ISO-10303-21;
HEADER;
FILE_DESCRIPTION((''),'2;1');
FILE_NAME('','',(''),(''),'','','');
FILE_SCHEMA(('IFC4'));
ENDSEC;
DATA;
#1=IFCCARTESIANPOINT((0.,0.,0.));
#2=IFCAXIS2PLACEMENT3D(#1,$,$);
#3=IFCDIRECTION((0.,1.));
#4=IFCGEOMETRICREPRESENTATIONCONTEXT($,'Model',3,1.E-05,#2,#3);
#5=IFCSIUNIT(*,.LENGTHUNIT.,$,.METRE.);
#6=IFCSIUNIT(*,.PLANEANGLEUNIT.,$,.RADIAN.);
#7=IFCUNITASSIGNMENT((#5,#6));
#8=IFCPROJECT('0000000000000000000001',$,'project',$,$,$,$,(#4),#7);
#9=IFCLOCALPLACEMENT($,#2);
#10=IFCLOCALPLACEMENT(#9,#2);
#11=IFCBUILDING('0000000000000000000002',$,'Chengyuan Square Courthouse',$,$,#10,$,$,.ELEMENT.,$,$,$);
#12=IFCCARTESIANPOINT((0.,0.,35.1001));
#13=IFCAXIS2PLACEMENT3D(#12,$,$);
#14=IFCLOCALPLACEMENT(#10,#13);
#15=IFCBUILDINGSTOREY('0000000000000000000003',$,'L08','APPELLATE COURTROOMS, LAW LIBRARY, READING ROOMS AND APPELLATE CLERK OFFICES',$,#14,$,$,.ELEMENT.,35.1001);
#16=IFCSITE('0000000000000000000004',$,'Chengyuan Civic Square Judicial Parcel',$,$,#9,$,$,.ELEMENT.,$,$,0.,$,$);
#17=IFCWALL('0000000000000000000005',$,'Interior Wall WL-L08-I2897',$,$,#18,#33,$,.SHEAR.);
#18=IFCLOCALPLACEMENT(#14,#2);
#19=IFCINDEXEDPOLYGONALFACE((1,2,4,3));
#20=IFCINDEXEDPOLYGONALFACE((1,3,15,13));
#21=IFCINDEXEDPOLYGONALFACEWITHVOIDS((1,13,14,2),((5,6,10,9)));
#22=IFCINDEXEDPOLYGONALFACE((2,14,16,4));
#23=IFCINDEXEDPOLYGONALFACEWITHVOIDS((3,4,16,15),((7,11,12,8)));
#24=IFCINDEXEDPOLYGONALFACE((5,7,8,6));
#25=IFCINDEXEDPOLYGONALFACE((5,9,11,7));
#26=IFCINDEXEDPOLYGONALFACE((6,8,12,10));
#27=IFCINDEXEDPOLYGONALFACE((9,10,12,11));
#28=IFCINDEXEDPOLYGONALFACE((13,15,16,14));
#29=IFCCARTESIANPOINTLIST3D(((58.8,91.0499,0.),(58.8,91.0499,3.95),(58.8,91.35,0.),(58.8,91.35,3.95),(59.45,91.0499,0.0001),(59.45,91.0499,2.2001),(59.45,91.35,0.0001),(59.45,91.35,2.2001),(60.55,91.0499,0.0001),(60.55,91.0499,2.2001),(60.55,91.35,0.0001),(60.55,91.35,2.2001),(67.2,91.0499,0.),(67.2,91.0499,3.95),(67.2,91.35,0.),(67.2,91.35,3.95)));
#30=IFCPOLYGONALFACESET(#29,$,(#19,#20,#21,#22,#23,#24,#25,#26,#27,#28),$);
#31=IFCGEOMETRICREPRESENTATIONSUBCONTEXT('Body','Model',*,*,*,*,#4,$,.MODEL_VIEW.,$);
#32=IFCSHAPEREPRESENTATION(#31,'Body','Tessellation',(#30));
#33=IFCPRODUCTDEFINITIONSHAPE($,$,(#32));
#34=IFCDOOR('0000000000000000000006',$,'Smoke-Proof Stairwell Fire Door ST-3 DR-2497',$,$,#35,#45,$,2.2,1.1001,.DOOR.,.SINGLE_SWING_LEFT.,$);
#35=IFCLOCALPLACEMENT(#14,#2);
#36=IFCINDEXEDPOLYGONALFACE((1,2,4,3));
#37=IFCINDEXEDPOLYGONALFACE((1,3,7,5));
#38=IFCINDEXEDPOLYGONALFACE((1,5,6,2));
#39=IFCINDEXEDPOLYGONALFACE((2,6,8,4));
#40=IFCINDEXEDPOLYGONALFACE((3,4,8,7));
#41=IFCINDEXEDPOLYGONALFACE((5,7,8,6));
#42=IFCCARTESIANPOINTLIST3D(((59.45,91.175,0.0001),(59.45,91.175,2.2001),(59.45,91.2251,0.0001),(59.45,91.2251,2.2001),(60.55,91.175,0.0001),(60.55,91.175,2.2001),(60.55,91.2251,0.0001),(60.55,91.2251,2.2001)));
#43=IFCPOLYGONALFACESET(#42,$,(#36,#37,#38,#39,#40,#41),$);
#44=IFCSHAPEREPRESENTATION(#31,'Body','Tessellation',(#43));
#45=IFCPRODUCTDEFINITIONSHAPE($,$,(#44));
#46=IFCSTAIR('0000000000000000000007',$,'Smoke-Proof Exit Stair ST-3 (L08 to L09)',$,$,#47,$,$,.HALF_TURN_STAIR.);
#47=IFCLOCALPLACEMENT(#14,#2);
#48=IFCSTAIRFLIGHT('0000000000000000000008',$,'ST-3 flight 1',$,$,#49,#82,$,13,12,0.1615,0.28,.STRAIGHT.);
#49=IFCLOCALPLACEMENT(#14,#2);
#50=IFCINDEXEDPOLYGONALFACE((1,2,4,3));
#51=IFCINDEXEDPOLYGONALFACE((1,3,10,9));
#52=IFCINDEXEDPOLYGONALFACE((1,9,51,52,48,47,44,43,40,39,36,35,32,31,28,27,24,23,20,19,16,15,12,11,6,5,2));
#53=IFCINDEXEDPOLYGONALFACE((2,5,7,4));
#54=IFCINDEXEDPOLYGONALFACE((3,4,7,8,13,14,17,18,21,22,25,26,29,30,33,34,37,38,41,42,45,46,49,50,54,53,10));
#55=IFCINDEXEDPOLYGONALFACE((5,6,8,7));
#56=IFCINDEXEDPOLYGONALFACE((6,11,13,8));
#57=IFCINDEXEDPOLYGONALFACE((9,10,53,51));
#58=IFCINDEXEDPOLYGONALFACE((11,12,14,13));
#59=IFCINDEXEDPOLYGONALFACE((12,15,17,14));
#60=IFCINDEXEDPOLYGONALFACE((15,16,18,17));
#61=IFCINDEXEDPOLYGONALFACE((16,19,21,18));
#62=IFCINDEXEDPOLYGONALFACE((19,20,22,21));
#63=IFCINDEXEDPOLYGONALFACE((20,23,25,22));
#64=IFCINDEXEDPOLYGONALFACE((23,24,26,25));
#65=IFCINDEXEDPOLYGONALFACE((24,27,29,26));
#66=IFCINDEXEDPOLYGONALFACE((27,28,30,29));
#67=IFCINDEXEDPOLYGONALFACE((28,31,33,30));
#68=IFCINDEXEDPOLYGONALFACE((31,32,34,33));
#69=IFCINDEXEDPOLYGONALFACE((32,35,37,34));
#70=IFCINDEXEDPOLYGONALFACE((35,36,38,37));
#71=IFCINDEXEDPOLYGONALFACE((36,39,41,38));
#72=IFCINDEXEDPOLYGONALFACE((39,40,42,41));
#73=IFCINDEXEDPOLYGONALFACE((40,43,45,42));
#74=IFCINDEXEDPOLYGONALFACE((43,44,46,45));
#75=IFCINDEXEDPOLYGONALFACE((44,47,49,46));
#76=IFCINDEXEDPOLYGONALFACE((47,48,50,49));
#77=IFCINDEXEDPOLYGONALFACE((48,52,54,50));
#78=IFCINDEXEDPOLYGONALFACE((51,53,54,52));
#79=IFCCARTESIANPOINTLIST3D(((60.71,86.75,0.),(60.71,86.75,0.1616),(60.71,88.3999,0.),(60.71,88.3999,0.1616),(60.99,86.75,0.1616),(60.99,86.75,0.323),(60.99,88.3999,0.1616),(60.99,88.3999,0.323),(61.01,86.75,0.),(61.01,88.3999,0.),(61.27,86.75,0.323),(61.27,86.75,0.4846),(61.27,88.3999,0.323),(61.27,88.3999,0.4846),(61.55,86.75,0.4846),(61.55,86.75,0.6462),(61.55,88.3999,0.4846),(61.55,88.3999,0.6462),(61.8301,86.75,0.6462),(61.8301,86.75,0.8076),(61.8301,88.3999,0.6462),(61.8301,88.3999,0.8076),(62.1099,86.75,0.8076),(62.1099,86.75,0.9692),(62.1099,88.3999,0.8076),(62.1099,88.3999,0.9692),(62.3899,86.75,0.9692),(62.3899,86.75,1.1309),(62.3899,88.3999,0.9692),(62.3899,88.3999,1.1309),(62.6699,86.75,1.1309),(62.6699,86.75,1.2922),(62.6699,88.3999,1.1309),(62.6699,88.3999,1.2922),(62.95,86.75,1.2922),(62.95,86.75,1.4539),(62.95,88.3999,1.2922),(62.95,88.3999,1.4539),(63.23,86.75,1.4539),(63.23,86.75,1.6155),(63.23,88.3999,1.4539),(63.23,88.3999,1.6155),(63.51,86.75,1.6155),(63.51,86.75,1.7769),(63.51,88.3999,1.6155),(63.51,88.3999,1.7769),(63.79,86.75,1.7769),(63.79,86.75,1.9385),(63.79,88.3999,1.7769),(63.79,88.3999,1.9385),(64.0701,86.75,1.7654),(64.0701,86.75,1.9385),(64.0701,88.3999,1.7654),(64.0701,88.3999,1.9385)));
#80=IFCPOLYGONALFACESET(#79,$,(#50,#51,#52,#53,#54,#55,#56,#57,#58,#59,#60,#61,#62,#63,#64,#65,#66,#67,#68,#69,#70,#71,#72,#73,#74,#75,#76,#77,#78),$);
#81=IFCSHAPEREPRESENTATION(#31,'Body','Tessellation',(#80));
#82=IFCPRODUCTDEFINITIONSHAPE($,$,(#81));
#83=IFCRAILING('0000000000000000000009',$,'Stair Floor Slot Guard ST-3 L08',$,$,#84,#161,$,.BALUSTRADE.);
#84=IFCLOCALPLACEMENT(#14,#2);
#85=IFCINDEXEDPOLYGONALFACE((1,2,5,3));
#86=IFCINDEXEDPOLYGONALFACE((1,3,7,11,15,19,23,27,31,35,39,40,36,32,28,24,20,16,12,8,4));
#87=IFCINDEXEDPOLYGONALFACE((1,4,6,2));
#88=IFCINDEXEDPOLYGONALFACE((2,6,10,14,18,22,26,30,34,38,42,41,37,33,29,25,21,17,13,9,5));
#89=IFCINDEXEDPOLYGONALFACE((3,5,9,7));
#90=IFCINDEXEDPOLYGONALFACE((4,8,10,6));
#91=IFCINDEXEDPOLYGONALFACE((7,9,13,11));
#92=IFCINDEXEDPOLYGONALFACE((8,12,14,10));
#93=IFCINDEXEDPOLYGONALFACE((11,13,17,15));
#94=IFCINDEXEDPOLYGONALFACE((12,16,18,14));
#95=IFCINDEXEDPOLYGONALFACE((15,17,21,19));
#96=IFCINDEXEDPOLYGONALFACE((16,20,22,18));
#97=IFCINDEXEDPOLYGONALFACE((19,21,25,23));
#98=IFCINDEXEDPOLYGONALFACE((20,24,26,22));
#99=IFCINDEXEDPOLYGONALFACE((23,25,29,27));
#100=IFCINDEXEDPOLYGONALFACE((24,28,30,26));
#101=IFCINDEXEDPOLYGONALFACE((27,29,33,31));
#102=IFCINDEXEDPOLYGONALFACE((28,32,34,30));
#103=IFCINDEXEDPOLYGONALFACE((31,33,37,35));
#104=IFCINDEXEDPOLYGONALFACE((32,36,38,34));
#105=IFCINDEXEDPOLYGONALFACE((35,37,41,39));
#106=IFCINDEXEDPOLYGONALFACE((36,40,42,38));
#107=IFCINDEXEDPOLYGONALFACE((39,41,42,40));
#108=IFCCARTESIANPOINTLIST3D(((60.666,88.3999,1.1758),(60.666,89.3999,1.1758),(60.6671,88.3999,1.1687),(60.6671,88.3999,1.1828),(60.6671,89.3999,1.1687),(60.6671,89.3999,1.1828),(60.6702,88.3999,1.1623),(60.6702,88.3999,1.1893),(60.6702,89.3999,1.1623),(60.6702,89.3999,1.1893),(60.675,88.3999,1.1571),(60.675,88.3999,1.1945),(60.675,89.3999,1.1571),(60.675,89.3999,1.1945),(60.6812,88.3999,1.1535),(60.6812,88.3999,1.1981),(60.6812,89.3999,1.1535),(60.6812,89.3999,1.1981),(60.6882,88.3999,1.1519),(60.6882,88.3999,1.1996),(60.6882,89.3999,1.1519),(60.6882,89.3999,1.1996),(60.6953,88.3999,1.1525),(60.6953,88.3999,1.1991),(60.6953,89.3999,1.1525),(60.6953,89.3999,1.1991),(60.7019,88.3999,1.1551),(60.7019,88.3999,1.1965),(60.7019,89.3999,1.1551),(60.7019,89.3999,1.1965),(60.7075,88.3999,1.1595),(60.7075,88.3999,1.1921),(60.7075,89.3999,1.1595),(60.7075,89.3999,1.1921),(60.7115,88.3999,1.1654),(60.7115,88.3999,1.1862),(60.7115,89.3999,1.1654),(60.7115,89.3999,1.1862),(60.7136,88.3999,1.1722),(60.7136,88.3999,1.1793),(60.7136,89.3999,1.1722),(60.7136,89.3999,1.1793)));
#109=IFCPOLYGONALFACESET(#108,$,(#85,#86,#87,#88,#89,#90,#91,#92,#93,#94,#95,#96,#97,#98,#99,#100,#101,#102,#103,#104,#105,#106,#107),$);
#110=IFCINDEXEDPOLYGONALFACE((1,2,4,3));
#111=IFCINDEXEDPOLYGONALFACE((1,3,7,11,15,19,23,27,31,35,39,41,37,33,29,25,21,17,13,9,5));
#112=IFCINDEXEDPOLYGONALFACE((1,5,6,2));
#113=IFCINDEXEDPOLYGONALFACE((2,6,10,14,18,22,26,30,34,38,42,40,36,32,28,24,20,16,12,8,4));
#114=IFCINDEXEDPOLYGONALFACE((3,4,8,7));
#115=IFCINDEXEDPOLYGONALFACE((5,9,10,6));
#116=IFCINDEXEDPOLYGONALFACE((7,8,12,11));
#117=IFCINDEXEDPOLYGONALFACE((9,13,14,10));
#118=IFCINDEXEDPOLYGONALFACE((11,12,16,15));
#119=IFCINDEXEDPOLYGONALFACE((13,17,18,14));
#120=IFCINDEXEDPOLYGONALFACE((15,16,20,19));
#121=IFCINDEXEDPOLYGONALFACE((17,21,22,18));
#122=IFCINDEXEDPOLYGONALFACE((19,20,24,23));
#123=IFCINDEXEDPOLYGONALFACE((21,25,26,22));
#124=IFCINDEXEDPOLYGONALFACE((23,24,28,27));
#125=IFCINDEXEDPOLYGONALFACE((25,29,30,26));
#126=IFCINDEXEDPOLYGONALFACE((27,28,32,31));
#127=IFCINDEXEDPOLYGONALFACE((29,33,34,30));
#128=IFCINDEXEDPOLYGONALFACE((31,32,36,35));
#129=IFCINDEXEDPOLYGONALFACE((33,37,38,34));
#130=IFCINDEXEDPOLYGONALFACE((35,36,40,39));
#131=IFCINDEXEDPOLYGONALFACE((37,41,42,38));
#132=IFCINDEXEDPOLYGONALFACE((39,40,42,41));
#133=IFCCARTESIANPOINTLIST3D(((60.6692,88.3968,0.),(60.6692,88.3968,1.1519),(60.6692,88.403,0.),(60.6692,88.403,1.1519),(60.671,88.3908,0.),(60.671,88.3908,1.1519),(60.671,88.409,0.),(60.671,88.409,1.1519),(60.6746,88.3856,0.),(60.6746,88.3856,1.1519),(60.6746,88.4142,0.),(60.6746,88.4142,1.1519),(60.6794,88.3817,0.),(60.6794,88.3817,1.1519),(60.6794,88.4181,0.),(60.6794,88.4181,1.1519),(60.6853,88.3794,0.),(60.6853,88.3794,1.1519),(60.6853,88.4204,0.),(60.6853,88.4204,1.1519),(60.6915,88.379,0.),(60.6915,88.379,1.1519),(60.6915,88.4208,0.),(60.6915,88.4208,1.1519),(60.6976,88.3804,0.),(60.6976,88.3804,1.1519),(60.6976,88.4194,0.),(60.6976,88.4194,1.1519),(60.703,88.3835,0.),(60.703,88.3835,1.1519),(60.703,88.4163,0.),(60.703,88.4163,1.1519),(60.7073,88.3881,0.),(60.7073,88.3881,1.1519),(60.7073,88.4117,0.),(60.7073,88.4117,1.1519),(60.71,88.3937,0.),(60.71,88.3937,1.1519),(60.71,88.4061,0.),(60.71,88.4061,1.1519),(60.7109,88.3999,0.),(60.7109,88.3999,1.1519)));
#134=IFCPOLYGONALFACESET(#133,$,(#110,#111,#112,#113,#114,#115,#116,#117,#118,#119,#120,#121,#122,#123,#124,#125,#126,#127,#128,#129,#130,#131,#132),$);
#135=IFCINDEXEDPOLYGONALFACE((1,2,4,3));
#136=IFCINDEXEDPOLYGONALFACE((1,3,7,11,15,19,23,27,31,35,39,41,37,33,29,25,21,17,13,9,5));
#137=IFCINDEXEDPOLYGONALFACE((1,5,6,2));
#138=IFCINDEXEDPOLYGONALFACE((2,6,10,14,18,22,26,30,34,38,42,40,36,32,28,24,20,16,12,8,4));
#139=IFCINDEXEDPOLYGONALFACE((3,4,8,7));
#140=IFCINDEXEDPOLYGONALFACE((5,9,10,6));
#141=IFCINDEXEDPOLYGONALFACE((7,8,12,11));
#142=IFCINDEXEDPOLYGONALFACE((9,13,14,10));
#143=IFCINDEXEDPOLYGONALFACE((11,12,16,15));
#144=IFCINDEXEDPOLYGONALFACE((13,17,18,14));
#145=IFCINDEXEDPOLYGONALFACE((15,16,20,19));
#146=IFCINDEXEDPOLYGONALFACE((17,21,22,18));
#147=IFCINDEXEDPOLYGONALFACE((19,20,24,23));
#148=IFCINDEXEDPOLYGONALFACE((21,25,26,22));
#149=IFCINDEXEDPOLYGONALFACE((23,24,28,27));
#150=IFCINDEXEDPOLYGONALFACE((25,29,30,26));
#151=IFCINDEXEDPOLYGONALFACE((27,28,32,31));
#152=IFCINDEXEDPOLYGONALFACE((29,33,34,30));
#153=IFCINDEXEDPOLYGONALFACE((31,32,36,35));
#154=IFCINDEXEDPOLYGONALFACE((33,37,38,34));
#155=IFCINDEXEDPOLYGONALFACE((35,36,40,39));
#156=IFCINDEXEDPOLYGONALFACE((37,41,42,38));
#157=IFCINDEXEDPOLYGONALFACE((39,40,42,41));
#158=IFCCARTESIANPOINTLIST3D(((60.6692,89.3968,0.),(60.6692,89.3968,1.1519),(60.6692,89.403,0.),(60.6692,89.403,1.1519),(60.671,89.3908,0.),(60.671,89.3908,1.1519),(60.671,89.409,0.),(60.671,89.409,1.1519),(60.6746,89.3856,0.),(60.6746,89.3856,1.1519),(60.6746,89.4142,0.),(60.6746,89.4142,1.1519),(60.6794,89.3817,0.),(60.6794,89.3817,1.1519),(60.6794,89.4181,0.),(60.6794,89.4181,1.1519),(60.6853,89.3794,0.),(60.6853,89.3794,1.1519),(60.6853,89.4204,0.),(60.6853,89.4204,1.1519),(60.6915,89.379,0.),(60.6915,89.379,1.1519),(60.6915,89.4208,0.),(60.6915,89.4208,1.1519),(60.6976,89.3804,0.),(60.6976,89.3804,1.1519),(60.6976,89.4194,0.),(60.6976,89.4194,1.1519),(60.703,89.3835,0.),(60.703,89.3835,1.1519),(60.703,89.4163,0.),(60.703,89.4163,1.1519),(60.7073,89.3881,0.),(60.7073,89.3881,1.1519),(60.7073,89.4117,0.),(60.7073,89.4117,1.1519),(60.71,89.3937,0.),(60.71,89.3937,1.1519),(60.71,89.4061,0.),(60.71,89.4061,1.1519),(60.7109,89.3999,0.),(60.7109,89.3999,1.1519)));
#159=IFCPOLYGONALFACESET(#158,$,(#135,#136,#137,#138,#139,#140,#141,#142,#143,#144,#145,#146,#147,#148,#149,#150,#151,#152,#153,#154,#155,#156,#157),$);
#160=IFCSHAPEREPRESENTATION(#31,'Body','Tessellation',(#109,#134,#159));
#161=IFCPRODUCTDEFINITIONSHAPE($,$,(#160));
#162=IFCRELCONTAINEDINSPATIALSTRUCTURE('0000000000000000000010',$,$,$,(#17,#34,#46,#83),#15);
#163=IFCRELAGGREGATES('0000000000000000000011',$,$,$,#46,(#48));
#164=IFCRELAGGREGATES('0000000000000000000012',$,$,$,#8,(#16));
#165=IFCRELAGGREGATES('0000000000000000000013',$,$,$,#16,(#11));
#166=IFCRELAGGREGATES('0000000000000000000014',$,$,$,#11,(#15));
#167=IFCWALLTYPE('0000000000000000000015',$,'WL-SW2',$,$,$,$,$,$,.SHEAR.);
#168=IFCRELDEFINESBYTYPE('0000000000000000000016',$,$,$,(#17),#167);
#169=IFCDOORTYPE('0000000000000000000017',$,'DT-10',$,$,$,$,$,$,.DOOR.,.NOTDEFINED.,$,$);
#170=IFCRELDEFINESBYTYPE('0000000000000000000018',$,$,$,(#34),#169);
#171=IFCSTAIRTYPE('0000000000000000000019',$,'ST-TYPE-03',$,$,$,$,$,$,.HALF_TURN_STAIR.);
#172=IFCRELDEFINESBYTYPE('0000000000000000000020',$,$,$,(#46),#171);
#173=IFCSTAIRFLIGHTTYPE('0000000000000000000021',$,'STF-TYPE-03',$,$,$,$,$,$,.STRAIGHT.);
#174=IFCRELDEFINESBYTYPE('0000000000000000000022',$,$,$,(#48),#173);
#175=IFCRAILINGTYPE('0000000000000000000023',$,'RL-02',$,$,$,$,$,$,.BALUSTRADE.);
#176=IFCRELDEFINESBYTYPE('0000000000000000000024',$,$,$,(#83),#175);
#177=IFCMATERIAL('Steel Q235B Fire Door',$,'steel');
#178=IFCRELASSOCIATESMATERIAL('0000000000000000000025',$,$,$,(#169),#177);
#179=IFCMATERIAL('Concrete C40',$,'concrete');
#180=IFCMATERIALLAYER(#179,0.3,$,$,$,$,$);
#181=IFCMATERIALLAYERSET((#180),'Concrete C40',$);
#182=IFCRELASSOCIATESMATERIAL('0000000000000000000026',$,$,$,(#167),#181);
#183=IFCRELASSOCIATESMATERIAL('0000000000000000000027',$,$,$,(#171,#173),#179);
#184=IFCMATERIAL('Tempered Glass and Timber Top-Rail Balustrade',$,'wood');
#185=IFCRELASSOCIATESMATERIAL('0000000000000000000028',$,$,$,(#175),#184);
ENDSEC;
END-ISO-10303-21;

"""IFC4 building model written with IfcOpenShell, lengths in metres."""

from ifc_helpers import new_model, si_unit, direction, frame, frame_2d, origin, origin_2d, place, context, subcontext, project, spatial, polyline, rectangle, circle, outline, extrude, material, layer, layer_set, type_object, element, fill, aggregate, save


model = new_model("IFC4")

# Units and contexts
model_context = context("Model", 3, precision=1e-05, world=origin(), true_north=direction((0.0, 1.0)))
body_context = subcontext(model_context, "Body", "Model", "MODEL_VIEW")
ifc_project = project(units=[si_unit("LENGTHUNIT", "METRE"), si_unit("PLANEANGLEUNIT", "RADIAN")], contexts=[model_context])

# Site, building, storey
site_placement = place(None, origin())
site = spatial("IfcSite", under=ifc_project, at=site_placement, Name="Chengyuan Civic Square Judicial Parcel", CompositionType="ELEMENT", RefElevation=0.0)
building_placement = place(site_placement, origin())
building = spatial("IfcBuilding", under=site, at=building_placement, Name="Chengyuan Square Courthouse", CompositionType="ELEMENT")
storey_placement = place(building_placement, frame((0.0, 0.0, 35.1001)))
storey = spatial("IfcBuildingStorey", under=building, at=storey_placement, Name="L08", Description="APPELLATE COURTROOMS, LAW LIBRARY, READING ROOMS AND APPELLATE CLERK OFFICES", CompositionType="ELEMENT", Elevation=35.1001)

# Shared definitions
ifc_material_1 = material(Name="Concrete C40", Category="concrete")

# Shared definitions
ifc_material_2 = material(Name="Steel Q235B Fire Door", Category="steel")
door_type_1 = type_object("IfcDoorType", Name="DT-10", OperationType="NOTDEFINED", PredefinedType="DOOR", material=ifc_material_2)

# Wall, opening, door
ifc_layer_1 = layer(ifc_material_1, 0.3)
ifc_layer_set_1 = layer_set([ifc_layer_1], Name="Concrete C40")
wall_type_1 = type_object("IfcWallType", Name="WL-SW2", PredefinedType="SHEAR", material=ifc_layer_set_1)
wall_1_placement = place(storey_placement, frame((58.8, 91.2, 0.0), z_axis=(0.0, 0.0, 1.0), x_axis=(1.0, 0.0, 0.0)))
wall_1 = element("IfcWall", 1, at=wall_1_placement, inside=storey, type_object=wall_type_1, Name="Interior Wall WL-L08-I2897", PredefinedType="SHEAR", context=body_context, shape_type="SweptSolid", body=[
    extrude(rectangle(XDim=8.3999, YDim=0.3, at=frame_2d((4.2, 0.0))), origin(), (0.0, 0.0, 1.0), 3.95),
])
opening_1_placement = place(wall_1_placement, frame((0.6499, 0.0, 0.0)))
opening_1 = element("IfcOpeningElement", 2, at=opening_1_placement, cuts=wall_1, PredefinedType="OPENING", context=body_context, shape_type="SweptSolid", body=[
    extrude(rectangle(XDim=1.1001, YDim=2.2, at=frame_2d((0.55, 1.1001))), frame((0.0, 0.1621, 0.0), z_axis=(0.0, -1.0, 0.0), x_axis=(1.0, 0.0, 0.0)), (0.0, 0.0, 1.0), 0.324),
])
door_1_placement = place(opening_1_placement, frame((1.1001, 0.0, 0.0), z_axis=(0.0, 0.0, 1.0), x_axis=(-1.0, 0.0, 0.0)))
door_1 = element("IfcDoor", 3, at=door_1_placement, inside=storey, type_object=door_type_1, Name="Smoke-Proof Stairwell Fire Door ST-3 DR-2497", OperationType="SINGLE_SWING_LEFT", OverallHeight=2.2, OverallWidth=1.1001, PredefinedType="DOOR", context=body_context, shape_type="SweptSolid", body=[
    extrude(rectangle(XDim=1.1001, YDim=2.2, at=frame_2d((0.55, 1.1001))), frame((0.0, 0.0249, 0.0), z_axis=(0.0, -1.0, 0.0), x_axis=(1.0, 0.0, 0.0)), (0.0, 0.0, 1.0), 0.05),
])
fill(opening_1, door_1)

# Stair, stair flight
stair_type = type_object("IfcStairType", Name="ST-TYPE-03", PredefinedType="HALF_TURN_STAIR", material=ifc_material_1)
stair_placement = place(storey_placement, origin())
stair = element("IfcStair", 4, at=stair_placement, inside=storey, type_object=stair_type, Name="Smoke-Proof Exit Stair ST-3 (L08 to L09)", PredefinedType="HALF_TURN_STAIR")
stair_flight_type = type_object("IfcStairFlightType", Name="STF-TYPE-03", PredefinedType="STRAIGHT", material=ifc_material_1)
stair_flight_placement = place(storey_placement, frame((60.71, 87.575, 0.0), z_axis=(0.0, 0.0, 1.0), x_axis=(1.0, 0.0, 0.0)))
stair_flight = element("IfcStairFlight", 5, at=stair_flight_placement, type_object=stair_flight_type, Name="ST-3 flight 1", NumberOfRisers=13, NumberOfTreads=12, PredefinedType="STRAIGHT", RiserHeight=0.1615, TreadLength=0.28, context=body_context, shape_type="SweptSolid", body=[
    extrude(outline(polyline([(0.0, 0.0), (0.0, 0.1616), (0.28, 0.1616), (0.28, 0.323), (0.5601, 0.323), (0.5601, 0.4846), (0.8401, 0.4846), (0.8401, 0.6462), (1.1201, 0.6462), (1.1201, 0.8076), (1.3999, 0.8076), (1.3999, 0.9692), (1.6799, 0.9692), (1.6799, 1.1309), (1.96, 1.1309), (1.96, 1.2922), (2.24, 1.2922), (2.24, 1.4539), (2.52, 1.4539), (2.52, 1.6155), (2.8, 1.6155), (2.8, 1.7769), (3.0801, 1.7769), (3.0801, 1.9385), (3.3601, 1.9385), (3.3601, 2.1001), (3.3601, 1.7654), (0.3, 0.0), (0.0, 0.0)])), frame((0.0, 0.825, 0.0), z_axis=(0.0, -1.0, 0.0), x_axis=(1.0, 0.0, 0.0)), (0.0, 0.0, 1.0), 1.6499),
])
aggregate(stair, [stair_flight])

# Railing
ifc_material_3 = material(Name="Tempered Glass and Timber Top-Rail Balustrade", Category="wood")
railing_type = type_object("IfcRailingType", Name="RL-02", PredefinedType="BALUSTRADE", material=ifc_material_3)
railing_1_placement = place(storey_placement, frame((60.6899, 88.3999, 0.0)))
element("IfcRailing", 6, at=railing_1_placement, inside=storey, type_object=railing_type, Name="Stair Floor Slot Guard ST-3 L08", PredefinedType="BALUSTRADE", context=body_context, shape_type="SweptSolid", body=[
    extrude(circle(Radius=0.0239, at=origin_2d()), frame((0.0, 0.0, 1.1758), z_axis=(0.0, 1.0, 0.0), x_axis=(-1.0, 0.0, 0.0)), (0.0, 0.0, 1.0), 1.0),
    extrude(circle(Radius=0.021, at=origin_2d()), origin(), (0.0, 0.0, 1.0), 1.1519),
    extrude(circle(Radius=0.021, at=origin_2d()), frame((0.0, 1.0, 0.0)), (0.0, 0.0, 1.0), 1.1519),
])

save(model, "model.ifc")
